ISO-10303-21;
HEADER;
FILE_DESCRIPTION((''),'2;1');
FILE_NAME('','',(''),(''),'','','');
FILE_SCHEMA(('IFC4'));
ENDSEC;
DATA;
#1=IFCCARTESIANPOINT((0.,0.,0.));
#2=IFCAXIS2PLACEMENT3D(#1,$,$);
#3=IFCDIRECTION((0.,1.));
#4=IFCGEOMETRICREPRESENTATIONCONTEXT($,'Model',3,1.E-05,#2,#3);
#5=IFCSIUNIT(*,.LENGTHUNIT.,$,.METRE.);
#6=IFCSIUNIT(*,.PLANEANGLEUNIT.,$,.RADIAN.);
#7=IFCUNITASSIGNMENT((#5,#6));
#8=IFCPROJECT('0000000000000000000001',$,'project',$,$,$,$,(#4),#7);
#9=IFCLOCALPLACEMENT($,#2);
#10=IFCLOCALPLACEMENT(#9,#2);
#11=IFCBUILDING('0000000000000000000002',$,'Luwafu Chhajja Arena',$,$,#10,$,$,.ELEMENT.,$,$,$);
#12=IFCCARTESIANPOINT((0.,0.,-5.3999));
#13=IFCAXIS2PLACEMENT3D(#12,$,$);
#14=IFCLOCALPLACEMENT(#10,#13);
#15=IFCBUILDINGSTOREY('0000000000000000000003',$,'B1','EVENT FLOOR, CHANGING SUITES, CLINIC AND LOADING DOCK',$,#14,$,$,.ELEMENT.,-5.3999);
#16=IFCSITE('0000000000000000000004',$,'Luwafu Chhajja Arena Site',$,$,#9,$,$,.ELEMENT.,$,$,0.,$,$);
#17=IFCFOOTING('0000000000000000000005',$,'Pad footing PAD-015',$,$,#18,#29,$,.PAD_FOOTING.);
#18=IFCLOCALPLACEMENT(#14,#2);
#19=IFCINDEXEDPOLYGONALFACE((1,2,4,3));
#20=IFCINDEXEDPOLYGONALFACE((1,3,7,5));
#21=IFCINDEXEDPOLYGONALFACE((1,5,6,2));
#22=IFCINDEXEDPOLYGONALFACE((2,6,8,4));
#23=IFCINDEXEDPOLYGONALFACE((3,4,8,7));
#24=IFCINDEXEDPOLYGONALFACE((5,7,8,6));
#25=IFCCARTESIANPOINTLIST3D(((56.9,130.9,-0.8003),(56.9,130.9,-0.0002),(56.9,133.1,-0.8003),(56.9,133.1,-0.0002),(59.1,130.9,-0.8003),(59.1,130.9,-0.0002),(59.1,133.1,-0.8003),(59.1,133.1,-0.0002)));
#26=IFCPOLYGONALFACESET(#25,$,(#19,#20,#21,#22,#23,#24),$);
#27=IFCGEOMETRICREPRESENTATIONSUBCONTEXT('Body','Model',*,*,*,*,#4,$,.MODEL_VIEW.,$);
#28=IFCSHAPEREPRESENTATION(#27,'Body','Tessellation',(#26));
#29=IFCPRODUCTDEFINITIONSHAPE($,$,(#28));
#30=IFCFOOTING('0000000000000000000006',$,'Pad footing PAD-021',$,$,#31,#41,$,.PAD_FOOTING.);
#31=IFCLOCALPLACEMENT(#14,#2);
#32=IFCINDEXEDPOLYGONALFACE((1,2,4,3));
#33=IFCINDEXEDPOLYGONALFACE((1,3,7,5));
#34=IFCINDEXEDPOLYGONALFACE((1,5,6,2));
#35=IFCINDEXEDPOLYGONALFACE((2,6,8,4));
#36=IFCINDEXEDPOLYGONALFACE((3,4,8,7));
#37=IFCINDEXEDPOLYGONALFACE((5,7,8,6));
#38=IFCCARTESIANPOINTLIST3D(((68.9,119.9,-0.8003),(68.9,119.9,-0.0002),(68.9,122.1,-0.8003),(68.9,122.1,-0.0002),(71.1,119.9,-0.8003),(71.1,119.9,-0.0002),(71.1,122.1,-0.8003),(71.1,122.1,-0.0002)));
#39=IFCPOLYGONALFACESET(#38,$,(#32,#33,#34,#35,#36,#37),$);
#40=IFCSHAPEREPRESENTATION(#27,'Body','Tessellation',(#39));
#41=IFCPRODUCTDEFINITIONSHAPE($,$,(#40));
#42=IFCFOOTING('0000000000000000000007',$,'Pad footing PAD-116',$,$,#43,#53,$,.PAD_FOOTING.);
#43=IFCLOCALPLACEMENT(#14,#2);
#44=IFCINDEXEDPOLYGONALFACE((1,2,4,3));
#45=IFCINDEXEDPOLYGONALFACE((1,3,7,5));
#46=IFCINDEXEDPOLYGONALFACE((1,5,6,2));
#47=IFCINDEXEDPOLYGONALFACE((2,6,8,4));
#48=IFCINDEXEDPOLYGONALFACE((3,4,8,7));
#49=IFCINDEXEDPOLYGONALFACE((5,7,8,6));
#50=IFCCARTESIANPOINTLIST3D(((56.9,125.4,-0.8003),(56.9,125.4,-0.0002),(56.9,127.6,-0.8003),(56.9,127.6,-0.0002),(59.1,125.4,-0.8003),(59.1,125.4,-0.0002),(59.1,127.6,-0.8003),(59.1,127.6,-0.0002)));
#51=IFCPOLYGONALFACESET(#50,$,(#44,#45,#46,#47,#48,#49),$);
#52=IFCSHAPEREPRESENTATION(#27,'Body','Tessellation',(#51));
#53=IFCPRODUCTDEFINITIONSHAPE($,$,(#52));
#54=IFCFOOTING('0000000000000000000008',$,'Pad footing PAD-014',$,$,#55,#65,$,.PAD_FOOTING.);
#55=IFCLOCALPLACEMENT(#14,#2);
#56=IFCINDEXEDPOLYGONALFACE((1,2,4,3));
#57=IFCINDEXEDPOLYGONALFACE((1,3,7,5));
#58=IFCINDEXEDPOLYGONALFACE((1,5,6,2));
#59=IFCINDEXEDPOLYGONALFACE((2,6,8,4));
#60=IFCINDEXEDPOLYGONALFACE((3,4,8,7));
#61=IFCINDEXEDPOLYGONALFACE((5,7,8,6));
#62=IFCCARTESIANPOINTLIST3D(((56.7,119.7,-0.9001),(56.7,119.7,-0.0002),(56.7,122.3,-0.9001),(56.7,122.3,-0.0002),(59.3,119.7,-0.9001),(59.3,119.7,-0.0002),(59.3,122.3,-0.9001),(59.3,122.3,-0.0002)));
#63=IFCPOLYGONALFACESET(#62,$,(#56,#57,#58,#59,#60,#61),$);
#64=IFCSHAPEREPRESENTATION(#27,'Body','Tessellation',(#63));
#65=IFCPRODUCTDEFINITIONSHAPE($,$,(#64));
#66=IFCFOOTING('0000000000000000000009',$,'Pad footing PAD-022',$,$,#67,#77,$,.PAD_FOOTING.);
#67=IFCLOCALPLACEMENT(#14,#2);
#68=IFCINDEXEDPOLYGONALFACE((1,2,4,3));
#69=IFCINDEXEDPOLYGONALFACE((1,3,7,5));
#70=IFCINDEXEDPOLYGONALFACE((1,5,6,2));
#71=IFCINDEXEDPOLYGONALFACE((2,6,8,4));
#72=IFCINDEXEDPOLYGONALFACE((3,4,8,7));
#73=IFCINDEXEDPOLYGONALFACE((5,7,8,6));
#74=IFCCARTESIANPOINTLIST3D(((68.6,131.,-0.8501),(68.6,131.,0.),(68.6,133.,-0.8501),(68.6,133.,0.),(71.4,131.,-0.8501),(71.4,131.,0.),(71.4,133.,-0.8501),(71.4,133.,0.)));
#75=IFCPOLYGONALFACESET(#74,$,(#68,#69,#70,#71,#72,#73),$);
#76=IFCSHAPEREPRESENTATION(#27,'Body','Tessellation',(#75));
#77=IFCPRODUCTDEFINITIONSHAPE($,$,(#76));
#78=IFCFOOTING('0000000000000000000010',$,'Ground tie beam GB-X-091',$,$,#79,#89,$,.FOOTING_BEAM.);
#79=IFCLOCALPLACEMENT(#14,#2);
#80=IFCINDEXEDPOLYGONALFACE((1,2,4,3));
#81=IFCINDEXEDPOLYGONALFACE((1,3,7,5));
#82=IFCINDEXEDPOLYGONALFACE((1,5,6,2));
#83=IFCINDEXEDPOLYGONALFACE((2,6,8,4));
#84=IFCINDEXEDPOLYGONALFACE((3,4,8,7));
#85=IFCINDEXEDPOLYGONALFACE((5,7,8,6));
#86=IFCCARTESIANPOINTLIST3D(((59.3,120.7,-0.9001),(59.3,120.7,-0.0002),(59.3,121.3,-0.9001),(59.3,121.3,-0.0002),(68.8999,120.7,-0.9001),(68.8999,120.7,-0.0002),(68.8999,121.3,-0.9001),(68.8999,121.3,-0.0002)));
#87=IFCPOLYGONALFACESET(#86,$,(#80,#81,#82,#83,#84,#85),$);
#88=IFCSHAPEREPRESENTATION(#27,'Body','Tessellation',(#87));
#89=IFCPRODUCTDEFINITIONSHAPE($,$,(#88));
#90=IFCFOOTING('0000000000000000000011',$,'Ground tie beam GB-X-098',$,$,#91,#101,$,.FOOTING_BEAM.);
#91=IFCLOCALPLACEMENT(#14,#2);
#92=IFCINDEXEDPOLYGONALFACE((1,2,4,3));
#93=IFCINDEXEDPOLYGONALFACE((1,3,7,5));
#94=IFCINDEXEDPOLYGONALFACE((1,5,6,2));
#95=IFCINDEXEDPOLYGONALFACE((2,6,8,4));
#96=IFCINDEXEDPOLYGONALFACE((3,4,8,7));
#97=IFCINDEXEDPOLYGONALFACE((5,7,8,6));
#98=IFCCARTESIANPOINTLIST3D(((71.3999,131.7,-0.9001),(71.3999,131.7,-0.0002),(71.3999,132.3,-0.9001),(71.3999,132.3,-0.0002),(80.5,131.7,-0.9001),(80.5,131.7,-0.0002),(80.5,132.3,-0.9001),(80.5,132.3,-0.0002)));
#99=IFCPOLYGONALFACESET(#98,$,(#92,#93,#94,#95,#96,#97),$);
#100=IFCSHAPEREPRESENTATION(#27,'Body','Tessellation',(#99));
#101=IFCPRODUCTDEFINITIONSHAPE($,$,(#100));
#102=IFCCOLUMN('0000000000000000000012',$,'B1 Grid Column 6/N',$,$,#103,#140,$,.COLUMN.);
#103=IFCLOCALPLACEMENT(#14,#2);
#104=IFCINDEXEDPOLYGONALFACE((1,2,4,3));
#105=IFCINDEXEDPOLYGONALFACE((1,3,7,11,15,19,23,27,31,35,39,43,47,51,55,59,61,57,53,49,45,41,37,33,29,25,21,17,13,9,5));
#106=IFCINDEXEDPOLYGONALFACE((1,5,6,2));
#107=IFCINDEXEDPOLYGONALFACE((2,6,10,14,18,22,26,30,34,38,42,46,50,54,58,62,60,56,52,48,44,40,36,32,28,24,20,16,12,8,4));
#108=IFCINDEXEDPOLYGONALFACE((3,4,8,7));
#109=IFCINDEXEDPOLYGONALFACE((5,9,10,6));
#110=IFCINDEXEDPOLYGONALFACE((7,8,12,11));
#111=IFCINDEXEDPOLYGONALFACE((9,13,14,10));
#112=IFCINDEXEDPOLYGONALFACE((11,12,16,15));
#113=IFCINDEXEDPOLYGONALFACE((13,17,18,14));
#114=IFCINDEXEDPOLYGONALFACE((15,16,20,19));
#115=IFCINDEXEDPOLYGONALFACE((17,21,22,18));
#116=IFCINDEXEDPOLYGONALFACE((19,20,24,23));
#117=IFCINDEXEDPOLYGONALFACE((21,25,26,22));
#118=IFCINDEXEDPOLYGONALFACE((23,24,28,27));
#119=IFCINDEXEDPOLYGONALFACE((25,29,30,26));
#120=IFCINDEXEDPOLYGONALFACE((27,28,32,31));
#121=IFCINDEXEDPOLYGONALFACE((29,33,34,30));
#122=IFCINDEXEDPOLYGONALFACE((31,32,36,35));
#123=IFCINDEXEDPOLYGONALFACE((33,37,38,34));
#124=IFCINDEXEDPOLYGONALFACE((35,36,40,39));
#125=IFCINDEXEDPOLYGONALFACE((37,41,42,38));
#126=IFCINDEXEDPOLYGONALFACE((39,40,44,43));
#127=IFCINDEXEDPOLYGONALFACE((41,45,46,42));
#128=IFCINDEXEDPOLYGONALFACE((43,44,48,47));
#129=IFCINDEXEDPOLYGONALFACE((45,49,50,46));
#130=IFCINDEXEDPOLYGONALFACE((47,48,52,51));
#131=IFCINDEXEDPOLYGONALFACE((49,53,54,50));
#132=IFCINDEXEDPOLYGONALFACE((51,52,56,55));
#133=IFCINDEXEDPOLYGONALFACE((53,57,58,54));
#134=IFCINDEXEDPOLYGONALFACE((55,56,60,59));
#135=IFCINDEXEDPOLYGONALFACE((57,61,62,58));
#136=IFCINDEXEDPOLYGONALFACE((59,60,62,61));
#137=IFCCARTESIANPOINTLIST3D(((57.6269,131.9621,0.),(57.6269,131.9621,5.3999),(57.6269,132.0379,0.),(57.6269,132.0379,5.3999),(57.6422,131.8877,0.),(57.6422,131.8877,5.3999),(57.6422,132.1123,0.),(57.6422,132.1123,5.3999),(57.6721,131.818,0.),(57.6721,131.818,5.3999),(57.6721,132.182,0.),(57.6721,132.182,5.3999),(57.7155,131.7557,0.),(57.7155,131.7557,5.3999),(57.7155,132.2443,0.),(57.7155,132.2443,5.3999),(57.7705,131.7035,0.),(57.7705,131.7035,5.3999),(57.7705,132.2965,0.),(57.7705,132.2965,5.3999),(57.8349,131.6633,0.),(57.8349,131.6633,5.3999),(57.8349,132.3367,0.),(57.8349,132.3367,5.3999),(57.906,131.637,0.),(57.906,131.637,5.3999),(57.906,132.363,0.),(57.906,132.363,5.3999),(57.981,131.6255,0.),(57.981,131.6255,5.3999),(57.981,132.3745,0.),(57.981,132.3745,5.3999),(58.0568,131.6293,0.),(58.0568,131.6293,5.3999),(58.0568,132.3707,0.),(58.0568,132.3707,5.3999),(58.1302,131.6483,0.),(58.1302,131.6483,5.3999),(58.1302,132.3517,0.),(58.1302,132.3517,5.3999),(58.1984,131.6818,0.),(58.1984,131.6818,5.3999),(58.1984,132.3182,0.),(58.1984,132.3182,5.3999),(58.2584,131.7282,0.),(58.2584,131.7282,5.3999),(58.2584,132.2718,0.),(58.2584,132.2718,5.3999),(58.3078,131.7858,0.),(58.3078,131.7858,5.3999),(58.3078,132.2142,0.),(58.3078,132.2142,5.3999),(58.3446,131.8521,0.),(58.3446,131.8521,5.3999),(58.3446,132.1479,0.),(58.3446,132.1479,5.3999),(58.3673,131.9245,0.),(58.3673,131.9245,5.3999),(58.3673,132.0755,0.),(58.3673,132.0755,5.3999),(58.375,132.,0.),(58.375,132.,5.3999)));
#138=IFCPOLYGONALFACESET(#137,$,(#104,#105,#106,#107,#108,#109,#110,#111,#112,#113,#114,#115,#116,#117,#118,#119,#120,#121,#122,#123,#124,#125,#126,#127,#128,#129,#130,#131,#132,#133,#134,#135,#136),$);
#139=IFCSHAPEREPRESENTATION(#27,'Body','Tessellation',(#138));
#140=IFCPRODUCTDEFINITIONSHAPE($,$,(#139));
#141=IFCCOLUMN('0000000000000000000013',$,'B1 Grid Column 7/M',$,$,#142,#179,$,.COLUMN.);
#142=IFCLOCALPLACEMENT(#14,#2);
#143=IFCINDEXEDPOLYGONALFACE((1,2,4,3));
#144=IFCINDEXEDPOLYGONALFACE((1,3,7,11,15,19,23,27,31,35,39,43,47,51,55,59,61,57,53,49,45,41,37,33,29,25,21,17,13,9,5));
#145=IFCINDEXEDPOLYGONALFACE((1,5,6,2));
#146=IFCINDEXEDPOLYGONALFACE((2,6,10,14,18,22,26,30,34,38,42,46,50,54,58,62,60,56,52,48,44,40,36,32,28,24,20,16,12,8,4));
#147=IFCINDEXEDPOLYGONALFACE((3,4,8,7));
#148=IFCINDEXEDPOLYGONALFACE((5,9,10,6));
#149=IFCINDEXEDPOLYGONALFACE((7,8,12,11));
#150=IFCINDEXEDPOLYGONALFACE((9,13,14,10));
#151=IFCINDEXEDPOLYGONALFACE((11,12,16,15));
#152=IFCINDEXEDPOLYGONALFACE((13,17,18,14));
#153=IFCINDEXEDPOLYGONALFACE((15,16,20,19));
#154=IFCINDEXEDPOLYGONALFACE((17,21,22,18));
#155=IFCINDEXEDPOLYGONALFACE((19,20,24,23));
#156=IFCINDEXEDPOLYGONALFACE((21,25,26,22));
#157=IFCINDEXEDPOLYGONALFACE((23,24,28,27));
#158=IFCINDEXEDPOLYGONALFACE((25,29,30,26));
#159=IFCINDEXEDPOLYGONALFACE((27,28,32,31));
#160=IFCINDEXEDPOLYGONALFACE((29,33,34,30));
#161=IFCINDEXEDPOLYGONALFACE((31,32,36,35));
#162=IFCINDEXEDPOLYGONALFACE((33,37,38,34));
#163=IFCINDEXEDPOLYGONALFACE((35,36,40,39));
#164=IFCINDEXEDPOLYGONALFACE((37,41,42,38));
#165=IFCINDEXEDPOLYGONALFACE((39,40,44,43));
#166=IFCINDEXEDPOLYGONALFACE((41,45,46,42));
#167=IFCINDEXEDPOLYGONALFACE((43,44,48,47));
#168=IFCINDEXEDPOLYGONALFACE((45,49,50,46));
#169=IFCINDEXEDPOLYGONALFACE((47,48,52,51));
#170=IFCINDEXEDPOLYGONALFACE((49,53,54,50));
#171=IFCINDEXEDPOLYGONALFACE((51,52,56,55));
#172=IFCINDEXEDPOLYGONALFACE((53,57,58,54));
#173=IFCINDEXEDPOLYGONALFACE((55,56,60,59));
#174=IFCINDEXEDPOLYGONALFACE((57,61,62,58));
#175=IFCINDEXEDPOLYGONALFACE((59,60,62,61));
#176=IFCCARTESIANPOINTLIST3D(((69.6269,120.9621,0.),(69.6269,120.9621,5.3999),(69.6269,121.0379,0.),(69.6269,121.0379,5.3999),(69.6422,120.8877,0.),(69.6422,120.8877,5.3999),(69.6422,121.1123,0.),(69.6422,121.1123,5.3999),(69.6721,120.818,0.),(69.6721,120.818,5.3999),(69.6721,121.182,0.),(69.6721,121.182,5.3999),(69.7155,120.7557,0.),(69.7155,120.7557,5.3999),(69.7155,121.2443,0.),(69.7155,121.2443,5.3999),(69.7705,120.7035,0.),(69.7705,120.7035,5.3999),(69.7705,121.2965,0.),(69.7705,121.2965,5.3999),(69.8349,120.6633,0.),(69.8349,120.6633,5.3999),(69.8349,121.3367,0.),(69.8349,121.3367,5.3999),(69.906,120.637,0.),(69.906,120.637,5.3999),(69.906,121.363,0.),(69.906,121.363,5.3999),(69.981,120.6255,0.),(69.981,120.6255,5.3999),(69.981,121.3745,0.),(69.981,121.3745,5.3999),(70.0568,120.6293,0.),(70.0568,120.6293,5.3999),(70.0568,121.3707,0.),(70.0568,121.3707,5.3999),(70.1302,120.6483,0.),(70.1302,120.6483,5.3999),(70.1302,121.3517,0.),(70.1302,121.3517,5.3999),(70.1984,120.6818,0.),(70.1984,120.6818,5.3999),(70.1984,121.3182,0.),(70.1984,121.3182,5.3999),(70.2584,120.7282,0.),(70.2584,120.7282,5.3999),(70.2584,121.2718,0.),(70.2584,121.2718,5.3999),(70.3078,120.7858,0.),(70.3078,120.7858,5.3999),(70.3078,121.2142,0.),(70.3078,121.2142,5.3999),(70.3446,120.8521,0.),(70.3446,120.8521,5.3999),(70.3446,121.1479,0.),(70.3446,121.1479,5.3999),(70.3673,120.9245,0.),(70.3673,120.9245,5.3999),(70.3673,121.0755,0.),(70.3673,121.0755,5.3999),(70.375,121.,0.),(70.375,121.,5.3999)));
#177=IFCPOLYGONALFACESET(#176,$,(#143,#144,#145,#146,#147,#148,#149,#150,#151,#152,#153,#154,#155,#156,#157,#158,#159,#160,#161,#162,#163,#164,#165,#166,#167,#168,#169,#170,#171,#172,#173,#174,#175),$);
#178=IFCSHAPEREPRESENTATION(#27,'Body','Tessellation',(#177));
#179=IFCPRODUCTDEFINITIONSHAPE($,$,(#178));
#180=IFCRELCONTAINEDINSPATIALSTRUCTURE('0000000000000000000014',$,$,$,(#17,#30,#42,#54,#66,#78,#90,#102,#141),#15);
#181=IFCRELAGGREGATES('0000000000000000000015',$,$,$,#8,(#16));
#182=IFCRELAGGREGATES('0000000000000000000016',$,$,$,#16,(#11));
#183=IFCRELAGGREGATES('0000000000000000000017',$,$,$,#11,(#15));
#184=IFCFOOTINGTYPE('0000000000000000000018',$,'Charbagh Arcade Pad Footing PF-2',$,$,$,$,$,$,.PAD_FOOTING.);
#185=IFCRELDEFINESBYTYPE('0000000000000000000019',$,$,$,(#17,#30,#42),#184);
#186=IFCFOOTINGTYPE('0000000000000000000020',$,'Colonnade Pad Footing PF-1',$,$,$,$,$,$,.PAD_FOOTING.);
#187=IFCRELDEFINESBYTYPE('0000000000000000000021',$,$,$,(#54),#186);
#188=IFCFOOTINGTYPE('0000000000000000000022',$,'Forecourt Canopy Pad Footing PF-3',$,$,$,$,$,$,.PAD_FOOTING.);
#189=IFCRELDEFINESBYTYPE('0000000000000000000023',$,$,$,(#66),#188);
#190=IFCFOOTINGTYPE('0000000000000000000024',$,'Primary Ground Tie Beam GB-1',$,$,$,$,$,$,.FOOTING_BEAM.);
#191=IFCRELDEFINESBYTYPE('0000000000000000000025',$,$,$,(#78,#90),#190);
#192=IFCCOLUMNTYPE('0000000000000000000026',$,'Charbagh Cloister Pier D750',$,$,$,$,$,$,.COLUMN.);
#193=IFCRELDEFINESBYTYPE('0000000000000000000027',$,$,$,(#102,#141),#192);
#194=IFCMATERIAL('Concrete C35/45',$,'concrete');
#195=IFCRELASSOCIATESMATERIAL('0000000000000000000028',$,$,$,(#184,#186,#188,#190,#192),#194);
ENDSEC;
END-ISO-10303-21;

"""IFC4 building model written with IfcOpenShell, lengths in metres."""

from ifc_helpers import new_model, si_unit, direction, frame, origin, origin_2d, place, context, subcontext, project, spatial, rectangle, circle, extrude, material, material_profile, profile_set, type_object, element, save


model = new_model("IFC4")

# Units and contexts
model_context = context("Model", 3, precision=1e-05, world=origin(), true_north=direction((0.0, 1.0)))
body_context = subcontext(model_context, "Body", "Model", "MODEL_VIEW")
ifc_project = project(units=[si_unit("LENGTHUNIT", "METRE"), si_unit("PLANEANGLEUNIT", "RADIAN")], contexts=[model_context])

# Site, building, storey
site_placement = place(None, origin())
site = spatial("IfcSite", under=ifc_project, at=site_placement, Name="Luwafu Chhajja Arena Site", CompositionType="ELEMENT", RefElevation=0.0)
building_placement = place(site_placement, origin())
building = spatial("IfcBuilding", under=site, at=building_placement, Name="Luwafu Chhajja Arena", CompositionType="ELEMENT")
storey_placement = place(building_placement, frame((0.0, 0.0, -5.3999)))
storey = spatial("IfcBuildingStorey", under=building, at=storey_placement, Name="B1", Description="EVENT FLOOR, CHANGING SUITES, CLINIC AND LOADING DOCK", CompositionType="ELEMENT", Elevation=-5.3999)

# Footings
ifc_material_1 = material(Name="Concrete C35/45", Category="concrete")
footing_type_1 = type_object("IfcFootingType", Name="Charbagh Arcade Pad Footing PF-2", PredefinedType="PAD_FOOTING", material=ifc_material_1)
for number, where, z_axis, x_axis, name in (
    (1, (58.0, 132.0, -0.8003), (0.0, 0.0, 1.0), (1.0, 0.0, 0.0), "Pad footing PAD-015"),
    (2, (70.0, 121.0, -0.8003), (0.0, 0.0, 1.0), (1.0, 0.0, 0.0), "Pad footing PAD-021"),
    (3, (58.0, 126.5, -0.8003), (0.0, 0.0, 1.0), (1.0, 0.0, 0.0), "Pad footing PAD-116"),
):
    element("IfcFooting", number, at=place(storey_placement, frame(where, z_axis=z_axis, x_axis=x_axis)), inside=storey, type_object=footing_type_1, Name=name, PredefinedType="PAD_FOOTING", context=body_context, shape_type="SweptSolid", body=[
        extrude(rectangle(XDim=2.2, YDim=2.2, at=origin_2d()), origin(), (0.0, 0.0, 1.0), 0.8),
    ])
footing_type_2 = type_object("IfcFootingType", Name="Colonnade Pad Footing PF-1", PredefinedType="PAD_FOOTING", material=ifc_material_1)
footing_1_placement = place(storey_placement, frame((58.0, 121.0, -0.9001), z_axis=(0.0, 0.0, 1.0), x_axis=(1.0, 0.0, 0.0)))
element("IfcFooting", 4, at=footing_1_placement, inside=storey, type_object=footing_type_2, Name="Pad footing PAD-014", PredefinedType="PAD_FOOTING", context=body_context, shape_type="SweptSolid", body=[
    extrude(rectangle(XDim=2.6001, YDim=2.6001, at=origin_2d()), origin(), (0.0, 0.0, 1.0), 0.8999),
])
footing_type_3 = type_object("IfcFootingType", Name="Forecourt Canopy Pad Footing PF-3", PredefinedType="PAD_FOOTING", material=ifc_material_1)
footing_2_placement = place(storey_placement, frame((70.0, 132.0, -0.8501), z_axis=(0.0, 0.0, 1.0), x_axis=(1.0, 0.0, 0.0)))
element("IfcFooting", 5, at=footing_2_placement, inside=storey, type_object=footing_type_3, Name="Pad footing PAD-022", PredefinedType="PAD_FOOTING", context=body_context, shape_type="SweptSolid", body=[
    extrude(rectangle(XDim=2.8, YDim=2.0, at=origin_2d()), origin(), (0.0, 0.0, 1.0), 0.8501),
])
ifc_material_profile_1 = material_profile(ifc_material_1, rectangle(XDim=0.6001, YDim=0.8999, at=origin_2d()), Name="RC 600x900")
ifc_profile_set_1 = profile_set([ifc_material_profile_1], Name="Concrete C35/45")
footing_type_4 = type_object("IfcFootingType", Name="Primary Ground Tie Beam GB-1", PredefinedType="FOOTING_BEAM", material=ifc_profile_set_1)
footing_3_placement = place(storey_placement, frame((59.3, 121.0, -0.4502), z_axis=(1.0, 0.0, 0.0), x_axis=(0.0, 1.0, 0.0)))
element("IfcFooting", 6, at=footing_3_placement, inside=storey, type_object=footing_type_4, Name="Ground tie beam GB-X-091", PredefinedType="FOOTING_BEAM", context=body_context, shape_type="SweptSolid", body=[
    extrude(rectangle(XDim=0.6001, YDim=0.8999, at=origin_2d()), origin(), (0.0, 0.0, 1.0), 9.5999),
])
footing_4_placement = place(storey_placement, frame((71.3999, 132.0, -0.4502), z_axis=(1.0, 0.0, 0.0), x_axis=(0.0, 1.0, 0.0)))
element("IfcFooting", 7, at=footing_4_placement, inside=storey, type_object=footing_type_4, Name="Ground tie beam GB-X-098", PredefinedType="FOOTING_BEAM", context=body_context, shape_type="SweptSolid", body=[
    extrude(rectangle(XDim=0.6001, YDim=0.8999, at=origin_2d()), origin(), (0.0, 0.0, 1.0), 9.1001),
])

# Columns
ifc_material_profile_2 = material_profile(ifc_material_1, circle(Radius=0.375, at=origin_2d()), Name="RC COL D750")
ifc_profile_set_2 = profile_set([ifc_material_profile_2], Name="Concrete C35/45")
column_type_1 = type_object("IfcColumnType", Name="Charbagh Cloister Pier D750", PredefinedType="COLUMN", material=ifc_profile_set_2)
for number, where, z_axis, x_axis, name in (
    (8, (58.0, 132.0, 0.0), (0.0, 0.0, 1.0), (1.0, 0.0, 0.0), "B1 Grid Column 6/N"),
    (9, (70.0, 121.0, 0.0), (0.0, 0.0, 1.0), (1.0, 0.0, 0.0), "B1 Grid Column 7/M"),
):
    element("IfcColumn", number, at=place(storey_placement, frame(where, z_axis=z_axis, x_axis=x_axis)), inside=storey, type_object=column_type_1, Name=name, PredefinedType="COLUMN", context=body_context, shape_type="SweptSolid", body=[
        extrude(circle(Radius=0.375, at=origin_2d()), origin(), (0.0, 0.0, 1.0), 5.3999),
    ])

save(model, "model.ifc")
